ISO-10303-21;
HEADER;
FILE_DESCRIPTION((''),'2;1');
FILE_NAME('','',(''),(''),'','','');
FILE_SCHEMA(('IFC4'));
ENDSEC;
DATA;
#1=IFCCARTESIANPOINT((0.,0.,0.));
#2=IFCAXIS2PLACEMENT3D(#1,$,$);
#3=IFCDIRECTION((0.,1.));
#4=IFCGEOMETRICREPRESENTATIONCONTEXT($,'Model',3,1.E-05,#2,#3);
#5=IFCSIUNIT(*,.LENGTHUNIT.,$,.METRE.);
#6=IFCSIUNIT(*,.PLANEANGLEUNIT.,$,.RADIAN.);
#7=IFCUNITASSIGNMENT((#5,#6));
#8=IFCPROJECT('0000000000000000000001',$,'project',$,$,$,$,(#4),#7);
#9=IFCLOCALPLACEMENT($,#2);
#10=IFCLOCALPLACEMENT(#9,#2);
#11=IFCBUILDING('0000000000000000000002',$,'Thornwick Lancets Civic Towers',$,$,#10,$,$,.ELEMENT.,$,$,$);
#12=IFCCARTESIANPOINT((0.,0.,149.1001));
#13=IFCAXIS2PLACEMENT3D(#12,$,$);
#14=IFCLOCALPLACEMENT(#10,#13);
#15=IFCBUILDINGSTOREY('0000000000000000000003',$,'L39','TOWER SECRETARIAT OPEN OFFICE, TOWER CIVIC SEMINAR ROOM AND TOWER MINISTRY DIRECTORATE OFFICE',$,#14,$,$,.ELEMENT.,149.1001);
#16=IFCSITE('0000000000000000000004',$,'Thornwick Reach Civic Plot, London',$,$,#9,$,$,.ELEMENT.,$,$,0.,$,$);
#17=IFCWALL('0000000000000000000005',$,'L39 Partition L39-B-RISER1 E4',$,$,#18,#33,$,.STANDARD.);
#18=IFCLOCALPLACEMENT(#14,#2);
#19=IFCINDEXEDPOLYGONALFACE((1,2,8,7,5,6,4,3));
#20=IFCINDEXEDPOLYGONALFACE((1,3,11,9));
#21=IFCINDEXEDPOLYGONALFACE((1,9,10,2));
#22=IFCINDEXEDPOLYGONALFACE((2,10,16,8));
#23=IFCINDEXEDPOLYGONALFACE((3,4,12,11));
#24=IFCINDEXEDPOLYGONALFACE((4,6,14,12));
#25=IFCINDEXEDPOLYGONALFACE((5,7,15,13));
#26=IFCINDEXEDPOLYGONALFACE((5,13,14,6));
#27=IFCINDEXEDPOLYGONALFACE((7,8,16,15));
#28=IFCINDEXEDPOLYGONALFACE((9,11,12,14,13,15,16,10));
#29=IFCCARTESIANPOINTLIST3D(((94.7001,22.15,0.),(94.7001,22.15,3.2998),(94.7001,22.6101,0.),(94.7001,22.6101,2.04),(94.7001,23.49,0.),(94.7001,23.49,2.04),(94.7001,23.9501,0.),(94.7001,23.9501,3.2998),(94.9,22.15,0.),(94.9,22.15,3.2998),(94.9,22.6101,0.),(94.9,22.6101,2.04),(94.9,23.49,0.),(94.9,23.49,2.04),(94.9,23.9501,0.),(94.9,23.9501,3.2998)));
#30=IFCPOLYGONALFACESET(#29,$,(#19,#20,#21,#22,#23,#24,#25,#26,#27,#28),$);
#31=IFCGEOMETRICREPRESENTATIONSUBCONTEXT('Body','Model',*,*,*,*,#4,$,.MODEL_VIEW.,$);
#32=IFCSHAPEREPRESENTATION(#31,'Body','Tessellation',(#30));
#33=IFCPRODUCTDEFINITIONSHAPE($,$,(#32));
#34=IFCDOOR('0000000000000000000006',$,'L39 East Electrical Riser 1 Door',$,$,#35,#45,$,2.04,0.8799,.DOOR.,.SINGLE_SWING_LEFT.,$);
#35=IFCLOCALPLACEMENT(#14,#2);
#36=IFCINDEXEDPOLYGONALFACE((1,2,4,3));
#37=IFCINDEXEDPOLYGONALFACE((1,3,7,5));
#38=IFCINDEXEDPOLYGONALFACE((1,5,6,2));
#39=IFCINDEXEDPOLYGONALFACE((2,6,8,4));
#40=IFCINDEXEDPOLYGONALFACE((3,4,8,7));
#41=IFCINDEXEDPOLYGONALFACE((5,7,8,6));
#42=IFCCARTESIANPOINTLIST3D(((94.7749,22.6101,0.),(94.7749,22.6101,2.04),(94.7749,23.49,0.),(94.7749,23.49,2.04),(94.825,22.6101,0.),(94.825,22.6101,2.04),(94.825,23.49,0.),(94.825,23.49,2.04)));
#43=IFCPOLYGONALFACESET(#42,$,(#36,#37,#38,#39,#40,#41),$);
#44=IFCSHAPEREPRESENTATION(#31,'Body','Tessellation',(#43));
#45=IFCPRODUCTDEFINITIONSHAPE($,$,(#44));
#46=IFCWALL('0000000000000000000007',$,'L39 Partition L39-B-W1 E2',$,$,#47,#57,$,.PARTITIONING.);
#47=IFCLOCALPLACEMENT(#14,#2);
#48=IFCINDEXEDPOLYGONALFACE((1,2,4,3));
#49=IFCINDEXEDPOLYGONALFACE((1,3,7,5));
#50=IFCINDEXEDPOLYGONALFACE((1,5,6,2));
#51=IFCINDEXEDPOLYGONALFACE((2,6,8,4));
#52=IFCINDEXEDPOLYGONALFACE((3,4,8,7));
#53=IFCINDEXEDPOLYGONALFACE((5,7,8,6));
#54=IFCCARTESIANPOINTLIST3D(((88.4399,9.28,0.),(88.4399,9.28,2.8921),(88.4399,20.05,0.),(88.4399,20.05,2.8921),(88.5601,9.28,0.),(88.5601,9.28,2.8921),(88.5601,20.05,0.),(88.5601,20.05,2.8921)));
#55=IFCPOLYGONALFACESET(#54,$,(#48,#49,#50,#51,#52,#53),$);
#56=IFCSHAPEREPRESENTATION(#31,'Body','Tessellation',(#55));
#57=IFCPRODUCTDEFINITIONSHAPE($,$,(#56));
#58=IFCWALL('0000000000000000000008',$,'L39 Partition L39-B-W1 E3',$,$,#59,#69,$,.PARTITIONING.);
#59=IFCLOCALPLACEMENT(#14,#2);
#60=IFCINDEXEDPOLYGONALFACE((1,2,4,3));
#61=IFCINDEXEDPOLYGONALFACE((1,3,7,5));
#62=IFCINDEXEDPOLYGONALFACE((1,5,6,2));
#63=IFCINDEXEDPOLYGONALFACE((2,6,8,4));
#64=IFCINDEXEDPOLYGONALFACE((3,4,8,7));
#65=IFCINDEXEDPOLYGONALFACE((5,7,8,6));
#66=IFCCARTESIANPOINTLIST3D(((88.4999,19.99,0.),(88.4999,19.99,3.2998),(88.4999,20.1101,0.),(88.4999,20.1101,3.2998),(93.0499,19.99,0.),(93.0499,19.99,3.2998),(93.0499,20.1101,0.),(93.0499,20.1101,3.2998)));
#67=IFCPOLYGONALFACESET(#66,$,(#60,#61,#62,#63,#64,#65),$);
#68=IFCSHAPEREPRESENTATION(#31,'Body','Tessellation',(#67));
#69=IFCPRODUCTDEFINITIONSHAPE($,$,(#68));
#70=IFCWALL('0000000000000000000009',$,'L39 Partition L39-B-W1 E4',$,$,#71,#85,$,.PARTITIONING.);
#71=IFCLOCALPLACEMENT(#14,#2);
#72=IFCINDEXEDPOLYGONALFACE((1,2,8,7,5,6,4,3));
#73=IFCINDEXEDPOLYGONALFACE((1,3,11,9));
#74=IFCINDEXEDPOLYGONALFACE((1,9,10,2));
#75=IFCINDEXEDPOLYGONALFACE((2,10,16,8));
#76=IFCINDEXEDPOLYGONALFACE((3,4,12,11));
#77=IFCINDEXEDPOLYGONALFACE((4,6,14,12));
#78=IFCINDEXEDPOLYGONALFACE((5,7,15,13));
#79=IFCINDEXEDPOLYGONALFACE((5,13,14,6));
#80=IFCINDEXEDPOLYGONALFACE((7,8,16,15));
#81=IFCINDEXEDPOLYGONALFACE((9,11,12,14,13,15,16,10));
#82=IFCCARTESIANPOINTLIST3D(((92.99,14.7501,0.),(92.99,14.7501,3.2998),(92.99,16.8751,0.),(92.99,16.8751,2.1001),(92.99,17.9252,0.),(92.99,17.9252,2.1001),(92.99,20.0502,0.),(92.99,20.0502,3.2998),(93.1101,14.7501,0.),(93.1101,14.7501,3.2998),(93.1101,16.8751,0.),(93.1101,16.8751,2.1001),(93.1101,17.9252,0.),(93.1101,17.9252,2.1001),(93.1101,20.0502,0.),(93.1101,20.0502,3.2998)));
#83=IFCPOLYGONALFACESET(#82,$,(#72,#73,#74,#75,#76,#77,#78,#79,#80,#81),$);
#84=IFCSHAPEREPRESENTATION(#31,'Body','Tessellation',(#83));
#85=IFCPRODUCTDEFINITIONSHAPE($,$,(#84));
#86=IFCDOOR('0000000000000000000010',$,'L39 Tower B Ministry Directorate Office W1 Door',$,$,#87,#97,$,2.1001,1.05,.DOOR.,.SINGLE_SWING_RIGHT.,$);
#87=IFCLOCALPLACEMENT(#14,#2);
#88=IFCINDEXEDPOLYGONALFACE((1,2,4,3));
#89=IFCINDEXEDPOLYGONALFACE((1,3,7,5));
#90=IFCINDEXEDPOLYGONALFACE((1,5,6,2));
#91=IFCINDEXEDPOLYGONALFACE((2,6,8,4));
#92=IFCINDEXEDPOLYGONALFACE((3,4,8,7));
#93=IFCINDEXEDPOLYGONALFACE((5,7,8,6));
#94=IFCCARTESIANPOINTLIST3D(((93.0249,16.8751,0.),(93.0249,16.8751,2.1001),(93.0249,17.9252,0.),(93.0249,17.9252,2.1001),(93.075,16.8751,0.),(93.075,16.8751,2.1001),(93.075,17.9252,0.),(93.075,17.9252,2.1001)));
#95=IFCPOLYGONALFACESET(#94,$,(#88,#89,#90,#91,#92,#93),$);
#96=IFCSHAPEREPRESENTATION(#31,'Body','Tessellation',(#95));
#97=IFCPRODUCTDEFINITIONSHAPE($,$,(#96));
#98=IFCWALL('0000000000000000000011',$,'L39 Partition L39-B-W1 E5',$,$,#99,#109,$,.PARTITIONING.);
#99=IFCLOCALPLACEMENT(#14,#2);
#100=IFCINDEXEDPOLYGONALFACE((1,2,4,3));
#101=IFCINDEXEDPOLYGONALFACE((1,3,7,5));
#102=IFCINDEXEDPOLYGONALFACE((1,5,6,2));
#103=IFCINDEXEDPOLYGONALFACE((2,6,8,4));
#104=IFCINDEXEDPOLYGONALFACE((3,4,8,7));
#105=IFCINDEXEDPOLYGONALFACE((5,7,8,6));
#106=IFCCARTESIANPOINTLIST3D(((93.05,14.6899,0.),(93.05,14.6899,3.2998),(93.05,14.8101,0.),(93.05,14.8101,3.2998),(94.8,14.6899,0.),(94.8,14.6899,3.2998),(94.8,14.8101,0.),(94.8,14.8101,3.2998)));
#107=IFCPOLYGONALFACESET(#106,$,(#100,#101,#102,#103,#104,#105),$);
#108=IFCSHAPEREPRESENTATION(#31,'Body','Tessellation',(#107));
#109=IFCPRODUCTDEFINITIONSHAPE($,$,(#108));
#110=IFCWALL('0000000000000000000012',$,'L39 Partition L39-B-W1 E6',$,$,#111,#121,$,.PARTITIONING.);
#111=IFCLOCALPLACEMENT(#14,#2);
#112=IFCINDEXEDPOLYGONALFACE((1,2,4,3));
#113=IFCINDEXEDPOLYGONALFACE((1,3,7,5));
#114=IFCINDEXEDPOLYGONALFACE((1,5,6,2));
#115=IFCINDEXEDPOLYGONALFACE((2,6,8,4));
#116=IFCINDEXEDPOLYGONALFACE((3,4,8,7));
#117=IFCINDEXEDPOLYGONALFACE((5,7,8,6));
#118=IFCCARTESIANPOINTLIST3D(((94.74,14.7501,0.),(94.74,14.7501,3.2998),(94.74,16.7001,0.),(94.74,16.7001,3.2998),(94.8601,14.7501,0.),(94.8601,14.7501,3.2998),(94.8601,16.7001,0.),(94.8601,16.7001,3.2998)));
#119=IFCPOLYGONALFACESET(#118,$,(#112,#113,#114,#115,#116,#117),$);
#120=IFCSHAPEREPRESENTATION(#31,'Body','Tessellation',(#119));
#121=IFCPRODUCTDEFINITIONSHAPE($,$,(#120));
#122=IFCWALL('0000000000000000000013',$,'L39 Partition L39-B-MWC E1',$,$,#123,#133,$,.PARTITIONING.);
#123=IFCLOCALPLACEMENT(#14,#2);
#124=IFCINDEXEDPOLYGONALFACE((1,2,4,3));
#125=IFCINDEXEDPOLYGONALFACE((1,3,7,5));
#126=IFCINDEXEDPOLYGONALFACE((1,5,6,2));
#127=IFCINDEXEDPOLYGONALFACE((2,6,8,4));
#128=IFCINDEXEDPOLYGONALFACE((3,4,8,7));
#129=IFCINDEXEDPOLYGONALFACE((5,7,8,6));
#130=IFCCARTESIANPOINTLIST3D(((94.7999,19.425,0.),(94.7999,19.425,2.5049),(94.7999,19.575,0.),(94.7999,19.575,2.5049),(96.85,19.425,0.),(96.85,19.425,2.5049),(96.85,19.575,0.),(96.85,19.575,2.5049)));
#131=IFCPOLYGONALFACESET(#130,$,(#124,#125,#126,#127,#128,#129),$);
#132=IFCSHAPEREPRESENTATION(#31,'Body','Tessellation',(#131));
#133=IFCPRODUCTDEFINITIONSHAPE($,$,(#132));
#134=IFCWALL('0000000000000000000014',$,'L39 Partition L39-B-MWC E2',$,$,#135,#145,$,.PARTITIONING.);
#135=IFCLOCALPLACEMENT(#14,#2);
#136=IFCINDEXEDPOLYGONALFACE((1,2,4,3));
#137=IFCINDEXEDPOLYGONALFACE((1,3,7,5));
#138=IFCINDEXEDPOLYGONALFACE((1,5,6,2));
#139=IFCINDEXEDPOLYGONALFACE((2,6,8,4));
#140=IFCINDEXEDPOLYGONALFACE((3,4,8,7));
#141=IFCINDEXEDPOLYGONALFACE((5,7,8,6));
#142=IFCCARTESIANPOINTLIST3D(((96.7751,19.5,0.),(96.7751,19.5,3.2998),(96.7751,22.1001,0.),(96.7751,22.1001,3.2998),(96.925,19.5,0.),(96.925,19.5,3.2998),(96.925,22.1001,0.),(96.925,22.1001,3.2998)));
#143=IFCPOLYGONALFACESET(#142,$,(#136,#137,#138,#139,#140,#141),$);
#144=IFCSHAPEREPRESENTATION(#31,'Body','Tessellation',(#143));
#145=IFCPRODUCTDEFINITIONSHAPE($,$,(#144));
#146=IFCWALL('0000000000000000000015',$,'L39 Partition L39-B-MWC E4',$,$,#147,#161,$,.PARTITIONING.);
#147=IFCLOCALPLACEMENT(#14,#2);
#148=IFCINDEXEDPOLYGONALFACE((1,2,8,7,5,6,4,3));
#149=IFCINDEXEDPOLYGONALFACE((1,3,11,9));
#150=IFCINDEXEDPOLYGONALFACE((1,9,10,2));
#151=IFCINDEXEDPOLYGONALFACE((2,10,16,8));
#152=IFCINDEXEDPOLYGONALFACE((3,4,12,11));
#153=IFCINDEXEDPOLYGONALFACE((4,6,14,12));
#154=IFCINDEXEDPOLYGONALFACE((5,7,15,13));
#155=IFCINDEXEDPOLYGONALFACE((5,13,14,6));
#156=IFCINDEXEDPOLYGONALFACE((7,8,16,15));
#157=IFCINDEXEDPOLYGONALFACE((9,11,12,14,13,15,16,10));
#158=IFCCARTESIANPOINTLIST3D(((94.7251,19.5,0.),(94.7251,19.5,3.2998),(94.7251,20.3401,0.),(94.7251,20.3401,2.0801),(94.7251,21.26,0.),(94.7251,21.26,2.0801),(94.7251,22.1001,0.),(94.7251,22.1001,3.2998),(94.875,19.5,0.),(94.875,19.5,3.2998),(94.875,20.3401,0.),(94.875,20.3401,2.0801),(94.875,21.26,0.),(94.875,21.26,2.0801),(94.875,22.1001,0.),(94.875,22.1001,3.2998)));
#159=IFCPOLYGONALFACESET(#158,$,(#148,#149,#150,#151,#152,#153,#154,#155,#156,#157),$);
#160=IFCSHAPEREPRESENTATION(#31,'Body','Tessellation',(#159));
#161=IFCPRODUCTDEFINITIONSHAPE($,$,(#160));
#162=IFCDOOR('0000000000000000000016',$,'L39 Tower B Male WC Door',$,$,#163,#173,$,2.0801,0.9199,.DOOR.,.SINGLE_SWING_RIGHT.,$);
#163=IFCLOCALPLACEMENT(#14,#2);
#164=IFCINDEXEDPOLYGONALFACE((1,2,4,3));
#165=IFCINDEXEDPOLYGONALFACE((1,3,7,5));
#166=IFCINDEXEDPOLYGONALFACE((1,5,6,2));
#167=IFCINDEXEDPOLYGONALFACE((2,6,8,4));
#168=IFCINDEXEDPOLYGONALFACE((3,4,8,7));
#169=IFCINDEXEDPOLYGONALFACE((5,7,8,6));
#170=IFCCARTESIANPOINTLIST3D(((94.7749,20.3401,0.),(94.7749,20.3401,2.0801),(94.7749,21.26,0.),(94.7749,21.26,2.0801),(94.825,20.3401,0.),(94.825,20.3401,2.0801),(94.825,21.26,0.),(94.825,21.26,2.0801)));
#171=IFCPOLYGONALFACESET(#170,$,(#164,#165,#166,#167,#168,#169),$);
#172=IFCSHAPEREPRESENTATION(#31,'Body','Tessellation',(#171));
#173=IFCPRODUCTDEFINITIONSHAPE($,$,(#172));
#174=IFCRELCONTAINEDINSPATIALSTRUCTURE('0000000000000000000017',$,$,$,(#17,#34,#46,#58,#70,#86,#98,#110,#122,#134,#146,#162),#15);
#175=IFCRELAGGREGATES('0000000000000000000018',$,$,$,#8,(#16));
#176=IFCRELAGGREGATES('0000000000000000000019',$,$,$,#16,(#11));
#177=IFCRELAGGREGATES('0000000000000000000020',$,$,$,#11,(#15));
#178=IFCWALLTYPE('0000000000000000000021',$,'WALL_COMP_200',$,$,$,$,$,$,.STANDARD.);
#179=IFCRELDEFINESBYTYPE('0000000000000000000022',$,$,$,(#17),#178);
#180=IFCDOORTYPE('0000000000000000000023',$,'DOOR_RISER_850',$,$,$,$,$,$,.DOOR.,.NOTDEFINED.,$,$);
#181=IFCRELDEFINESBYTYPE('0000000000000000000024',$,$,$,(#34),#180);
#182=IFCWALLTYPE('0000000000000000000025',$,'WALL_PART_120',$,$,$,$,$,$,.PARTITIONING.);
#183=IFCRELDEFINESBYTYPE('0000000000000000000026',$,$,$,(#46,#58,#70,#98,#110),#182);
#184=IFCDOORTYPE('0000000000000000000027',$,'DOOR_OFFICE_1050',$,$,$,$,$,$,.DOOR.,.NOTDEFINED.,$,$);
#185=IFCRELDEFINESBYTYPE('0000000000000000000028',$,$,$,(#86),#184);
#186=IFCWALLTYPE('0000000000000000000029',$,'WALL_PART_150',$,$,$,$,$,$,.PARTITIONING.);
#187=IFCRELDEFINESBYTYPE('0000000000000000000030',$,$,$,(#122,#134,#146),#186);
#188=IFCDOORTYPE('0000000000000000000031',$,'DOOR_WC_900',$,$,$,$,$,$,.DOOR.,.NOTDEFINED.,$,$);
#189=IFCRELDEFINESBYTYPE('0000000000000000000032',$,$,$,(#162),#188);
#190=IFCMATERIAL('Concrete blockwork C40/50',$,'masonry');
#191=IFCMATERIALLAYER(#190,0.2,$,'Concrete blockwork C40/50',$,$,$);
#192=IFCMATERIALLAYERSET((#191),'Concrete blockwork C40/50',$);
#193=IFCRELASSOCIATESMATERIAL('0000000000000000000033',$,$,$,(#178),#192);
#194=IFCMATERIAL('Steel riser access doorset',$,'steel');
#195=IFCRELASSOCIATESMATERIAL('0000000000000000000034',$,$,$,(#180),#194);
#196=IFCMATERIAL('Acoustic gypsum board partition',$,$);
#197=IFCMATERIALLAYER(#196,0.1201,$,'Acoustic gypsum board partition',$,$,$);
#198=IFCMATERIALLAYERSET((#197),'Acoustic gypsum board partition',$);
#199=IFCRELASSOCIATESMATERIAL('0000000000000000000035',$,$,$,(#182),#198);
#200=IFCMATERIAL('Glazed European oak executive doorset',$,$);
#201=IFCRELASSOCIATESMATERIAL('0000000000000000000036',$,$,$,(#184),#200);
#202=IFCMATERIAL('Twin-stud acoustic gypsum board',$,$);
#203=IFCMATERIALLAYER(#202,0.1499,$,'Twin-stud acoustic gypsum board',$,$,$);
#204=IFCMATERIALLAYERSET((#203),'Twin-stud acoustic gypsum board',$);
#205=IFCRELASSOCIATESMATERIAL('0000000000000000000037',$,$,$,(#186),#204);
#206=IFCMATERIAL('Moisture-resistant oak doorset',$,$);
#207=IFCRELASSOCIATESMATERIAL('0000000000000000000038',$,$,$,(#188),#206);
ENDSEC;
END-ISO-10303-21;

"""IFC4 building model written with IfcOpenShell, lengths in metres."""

from ifc_helpers import new_model, si_unit, direction, frame, frame_2d, origin, place, context, subcontext, project, spatial, rectangle, extrude, material, layer, layer_set, type_object, element, fill, save


model = new_model("IFC4")

# Units and contexts
model_context = context("Model", 3, precision=1e-05, world=origin(), true_north=direction((0.0, 1.0)))
body_context = subcontext(model_context, "Body", "Model", "MODEL_VIEW")
ifc_project = project(units=[si_unit("LENGTHUNIT", "METRE"), si_unit("PLANEANGLEUNIT", "RADIAN")], contexts=[model_context])

# Site, building, storey
site_placement = place(None, origin())
site = spatial("IfcSite", under=ifc_project, at=site_placement, Name="Thornwick Reach Civic Plot, London", CompositionType="ELEMENT", RefElevation=0.0)
building_placement = place(site_placement, origin())
building = spatial("IfcBuilding", under=site, at=building_placement, Name="Thornwick Lancets Civic Towers", CompositionType="ELEMENT")
storey_placement = place(building_placement, frame((0.0, 0.0, 149.1001)))
storey = spatial("IfcBuildingStorey", under=building, at=storey_placement, Name="L39", Description="TOWER SECRETARIAT OPEN OFFICE, TOWER CIVIC SEMINAR ROOM AND TOWER MINISTRY DIRECTORATE OFFICE", CompositionType="ELEMENT", Elevation=149.1001)

# Shared definitions
ifc_material_1 = material(Name="Concrete blockwork C40/50", Category="masonry")
ifc_layer_1 = layer(ifc_material_1, 0.2, Name="Concrete blockwork C40/50")
ifc_layer_set_1 = layer_set([ifc_layer_1], Name="Concrete blockwork C40/50")
wall_type_1 = type_object("IfcWallType", Name="WALL_COMP_200", PredefinedType="STANDARD", material=ifc_layer_set_1)

# Wall, opening, door
wall_1_placement = place(storey_placement, frame((94.8, 23.95, 0.0), z_axis=(0.0, 0.0, 1.0), x_axis=(0.0, -1.0, 0.0)))
wall_1 = element("IfcWall", 1, at=wall_1_placement, inside=storey, type_object=wall_type_1, Name="L39 Partition L39-B-RISER1 E4", PredefinedType="STANDARD", context=body_context, shape_type="SweptSolid", body=[
    extrude(rectangle(XDim=1.8, YDim=0.2, at=frame_2d((0.8999, 0.0))), origin(), (0.0, 0.0, 1.0), 3.2998),
])
opening_1_placement = place(wall_1_placement, frame((0.46, 0.0, 0.0)))
opening_1 = element("IfcOpeningElement", 2, at=opening_1_placement, cuts=wall_1, PredefinedType="OPENING", context=body_context, shape_type="SweptSolid", body=[
    extrude(rectangle(XDim=0.8799, YDim=2.04, at=frame_2d((0.4399, 1.02))), frame((0.0, 0.1099, 0.0), z_axis=(0.0, -1.0, 0.0), x_axis=(1.0, 0.0, 0.0)), (0.0, 0.0, 1.0), 0.22),
])
ifc_material_2 = material(Name="Steel riser access doorset", Category="steel")
door_type_1 = type_object("IfcDoorType", Name="DOOR_RISER_850", OperationType="NOTDEFINED", PredefinedType="DOOR", material=ifc_material_2)
door_1_placement = place(opening_1_placement, origin())
door_1 = element("IfcDoor", 3, at=door_1_placement, inside=storey, type_object=door_type_1, Name="L39 East Electrical Riser 1 Door", OperationType="SINGLE_SWING_LEFT", OverallHeight=2.04, OverallWidth=0.8799, PredefinedType="DOOR", context=body_context, shape_type="SweptSolid", body=[
    extrude(rectangle(XDim=0.8799, YDim=2.04, at=frame_2d((0.4399, 1.02))), frame((0.0, 0.0249, 0.0), z_axis=(0.0, -1.0, 0.0), x_axis=(1.0, 0.0, 0.0)), (0.0, 0.0, 1.0), 0.05),
])
fill(opening_1, door_1)

# Walls
ifc_material_3 = material(Name="Acoustic gypsum board partition")
ifc_layer_2 = layer(ifc_material_3, 0.1201, Name="Acoustic gypsum board partition")
ifc_layer_set_2 = layer_set([ifc_layer_2], Name="Acoustic gypsum board partition")
wall_type_2 = type_object("IfcWallType", Name="WALL_PART_120", PredefinedType="PARTITIONING", material=ifc_layer_set_2)
wall_2_placement = place(storey_placement, frame((88.5, 9.28, 0.0), z_axis=(0.0, 0.0, 1.0), x_axis=(0.0, 1.0, 0.0)))
element("IfcWall", 4, at=wall_2_placement, inside=storey, type_object=wall_type_2, Name="L39 Partition L39-B-W1 E2", PredefinedType="PARTITIONING", context=body_context, shape_type="SweptSolid", body=[
    extrude(rectangle(XDim=10.77, YDim=0.1201, at=frame_2d((5.385, 0.0))), origin(), (0.0, 0.0, 1.0), 2.8921),
])
wall_3_placement = place(storey_placement, frame((88.5, 20.05, 0.0), z_axis=(0.0, 0.0, 1.0), x_axis=(1.0, 0.0, 0.0)))
element("IfcWall", 5, at=wall_3_placement, inside=storey, type_object=wall_type_2, Name="L39 Partition L39-B-W1 E3", PredefinedType="PARTITIONING", context=body_context, shape_type="SweptSolid", body=[
    extrude(rectangle(XDim=4.55, YDim=0.1201, at=frame_2d((2.2749, 0.0))), origin(), (0.0, 0.0, 1.0), 3.2998),
])

# Wall, opening, door
wall_4_placement = place(storey_placement, frame((93.05, 20.05, 0.0), z_axis=(0.0, 0.0, 1.0), x_axis=(0.0, -1.0, 0.0)))
wall_4 = element("IfcWall", 6, at=wall_4_placement, inside=storey, type_object=wall_type_2, Name="L39 Partition L39-B-W1 E4", PredefinedType="PARTITIONING", context=body_context, shape_type="SweptSolid", body=[
    extrude(rectangle(XDim=5.3, YDim=0.1201, at=frame_2d((2.6499, 0.0))), origin(), (0.0, 0.0, 1.0), 3.2998),
])
opening_2_placement = place(wall_4_placement, frame((2.125, 0.0, 0.0)))
opening_2 = element("IfcOpeningElement", 7, at=opening_2_placement, cuts=wall_4, PredefinedType="OPENING", context=body_context, shape_type="SweptSolid", body=[
    extrude(rectangle(XDim=1.05, YDim=2.1001, at=frame_2d((0.5249, 1.05))), frame((0.0, 0.0701, 0.0), z_axis=(0.0, -1.0, 0.0), x_axis=(1.0, 0.0, 0.0)), (0.0, 0.0, 1.0), 0.1401),
])
ifc_material_4 = material(Name="Glazed European oak executive doorset")
door_type_2 = type_object("IfcDoorType", Name="DOOR_OFFICE_1050", OperationType="NOTDEFINED", PredefinedType="DOOR", material=ifc_material_4)
door_2_placement = place(opening_2_placement, origin())
door_2 = element("IfcDoor", 8, at=door_2_placement, inside=storey, type_object=door_type_2, Name="L39 Tower B Ministry Directorate Office W1 Door", OperationType="SINGLE_SWING_RIGHT", OverallHeight=2.1001, OverallWidth=1.05, PredefinedType="DOOR", context=body_context, shape_type="SweptSolid", body=[
    extrude(rectangle(XDim=1.05, YDim=2.1001, at=frame_2d((0.5249, 1.05))), frame((0.0, 0.0249, 0.0), z_axis=(0.0, -1.0, 0.0), x_axis=(1.0, 0.0, 0.0)), (0.0, 0.0, 1.0), 0.05),
])
fill(opening_2, door_2)

# Walls
wall_5_placement = place(storey_placement, frame((93.05, 14.75, 0.0), z_axis=(0.0, 0.0, 1.0), x_axis=(1.0, 0.0, 0.0)))
element("IfcWall", 9, at=wall_5_placement, inside=storey, type_object=wall_type_2, Name="L39 Partition L39-B-W1 E5", PredefinedType="PARTITIONING", context=body_context, shape_type="SweptSolid", body=[
    extrude(rectangle(XDim=1.75, YDim=0.1201, at=frame_2d((0.875, 0.0))), origin(), (0.0, 0.0, 1.0), 3.2998),
])
wall_6_placement = place(storey_placement, frame((94.8, 14.75, 0.0), z_axis=(0.0, 0.0, 1.0), x_axis=(0.0, 1.0, 0.0)))
element("IfcWall", 10, at=wall_6_placement, inside=storey, type_object=wall_type_2, Name="L39 Partition L39-B-W1 E6", PredefinedType="PARTITIONING", context=body_context, shape_type="SweptSolid", body=[
    extrude(rectangle(XDim=1.95, YDim=0.1201, at=frame_2d((0.9751, 0.0))), origin(), (0.0, 0.0, 1.0), 3.2998),
])
ifc_material_5 = material(Name="Twin-stud acoustic gypsum board")
ifc_layer_3 = layer(ifc_material_5, 0.1499, Name="Twin-stud acoustic gypsum board")
ifc_layer_set_3 = layer_set([ifc_layer_3], Name="Twin-stud acoustic gypsum board")
wall_type_3 = type_object("IfcWallType", Name="WALL_PART_150", PredefinedType="PARTITIONING", material=ifc_layer_set_3)
wall_7_placement = place(storey_placement, frame((94.8, 19.5, 0.0), z_axis=(0.0, 0.0, 1.0), x_axis=(1.0, 0.0, 0.0)))
element("IfcWall", 11, at=wall_7_placement, inside=storey, type_object=wall_type_3, Name="L39 Partition L39-B-MWC E1", PredefinedType="PARTITIONING", context=body_context, shape_type="SweptSolid", body=[
    extrude(rectangle(XDim=2.05, YDim=0.1499, at=frame_2d((1.0249, 0.0))), origin(), (0.0, 0.0, 1.0), 2.5049),
])
wall_8_placement = place(storey_placement, frame((96.8501, 19.5, 0.0), z_axis=(0.0, 0.0, 1.0), x_axis=(0.0, 1.0, 0.0)))
element("IfcWall", 12, at=wall_8_placement, inside=storey, type_object=wall_type_3, Name="L39 Partition L39-B-MWC E2", PredefinedType="PARTITIONING", context=body_context, shape_type="SweptSolid", body=[
    extrude(rectangle(XDim=2.6001, YDim=0.1499, at=frame_2d((1.3, 0.0))), origin(), (0.0, 0.0, 1.0), 3.2998),
])

# Wall, opening, door
wall_9_placement = place(storey_placement, frame((94.8, 22.1001, 0.0), z_axis=(0.0, 0.0, 1.0), x_axis=(0.0, -1.0, 0.0)))
wall_9 = element("IfcWall", 13, at=wall_9_placement, inside=storey, type_object=wall_type_3, Name="L39 Partition L39-B-MWC E4", PredefinedType="PARTITIONING", context=body_context, shape_type="SweptSolid", body=[
    extrude(rectangle(XDim=2.6001, YDim=0.1499, at=frame_2d((1.3, 0.0))), origin(), (0.0, 0.0, 1.0), 3.2998),
])
opening_3_placement = place(wall_9_placement, frame((0.8401, 0.0, 0.0)))
opening_3 = element("IfcOpeningElement", 14, at=opening_3_placement, cuts=wall_9, PredefinedType="OPENING", context=body_context, shape_type="SweptSolid", body=[
    extrude(rectangle(XDim=0.9199, YDim=2.0801, at=frame_2d((0.46, 1.04))), frame((0.0, 0.085, 0.0), z_axis=(0.0, -1.0, 0.0), x_axis=(1.0, 0.0, 0.0)), (0.0, 0.0, 1.0), 0.1699),
])
ifc_material_6 = material(Name="Moisture-resistant oak doorset")
door_type_3 = type_object("IfcDoorType", Name="DOOR_WC_900", OperationType="NOTDEFINED", PredefinedType="DOOR", material=ifc_material_6)
door_3_placement = place(opening_3_placement, origin())
door_3 = element("IfcDoor", 15, at=door_3_placement, inside=storey, type_object=door_type_3, Name="L39 Tower B Male WC Door", OperationType="SINGLE_SWING_RIGHT", OverallHeight=2.0801, OverallWidth=0.9199, PredefinedType="DOOR", context=body_context, shape_type="SweptSolid", body=[
    extrude(rectangle(XDim=0.9199, YDim=2.0801, at=frame_2d((0.46, 1.04))), frame((0.0, 0.0249, 0.0), z_axis=(0.0, -1.0, 0.0), x_axis=(1.0, 0.0, 0.0)), (0.0, 0.0, 1.0), 0.05),
])
fill(opening_3, door_3)

save(model, "model.ifc")
